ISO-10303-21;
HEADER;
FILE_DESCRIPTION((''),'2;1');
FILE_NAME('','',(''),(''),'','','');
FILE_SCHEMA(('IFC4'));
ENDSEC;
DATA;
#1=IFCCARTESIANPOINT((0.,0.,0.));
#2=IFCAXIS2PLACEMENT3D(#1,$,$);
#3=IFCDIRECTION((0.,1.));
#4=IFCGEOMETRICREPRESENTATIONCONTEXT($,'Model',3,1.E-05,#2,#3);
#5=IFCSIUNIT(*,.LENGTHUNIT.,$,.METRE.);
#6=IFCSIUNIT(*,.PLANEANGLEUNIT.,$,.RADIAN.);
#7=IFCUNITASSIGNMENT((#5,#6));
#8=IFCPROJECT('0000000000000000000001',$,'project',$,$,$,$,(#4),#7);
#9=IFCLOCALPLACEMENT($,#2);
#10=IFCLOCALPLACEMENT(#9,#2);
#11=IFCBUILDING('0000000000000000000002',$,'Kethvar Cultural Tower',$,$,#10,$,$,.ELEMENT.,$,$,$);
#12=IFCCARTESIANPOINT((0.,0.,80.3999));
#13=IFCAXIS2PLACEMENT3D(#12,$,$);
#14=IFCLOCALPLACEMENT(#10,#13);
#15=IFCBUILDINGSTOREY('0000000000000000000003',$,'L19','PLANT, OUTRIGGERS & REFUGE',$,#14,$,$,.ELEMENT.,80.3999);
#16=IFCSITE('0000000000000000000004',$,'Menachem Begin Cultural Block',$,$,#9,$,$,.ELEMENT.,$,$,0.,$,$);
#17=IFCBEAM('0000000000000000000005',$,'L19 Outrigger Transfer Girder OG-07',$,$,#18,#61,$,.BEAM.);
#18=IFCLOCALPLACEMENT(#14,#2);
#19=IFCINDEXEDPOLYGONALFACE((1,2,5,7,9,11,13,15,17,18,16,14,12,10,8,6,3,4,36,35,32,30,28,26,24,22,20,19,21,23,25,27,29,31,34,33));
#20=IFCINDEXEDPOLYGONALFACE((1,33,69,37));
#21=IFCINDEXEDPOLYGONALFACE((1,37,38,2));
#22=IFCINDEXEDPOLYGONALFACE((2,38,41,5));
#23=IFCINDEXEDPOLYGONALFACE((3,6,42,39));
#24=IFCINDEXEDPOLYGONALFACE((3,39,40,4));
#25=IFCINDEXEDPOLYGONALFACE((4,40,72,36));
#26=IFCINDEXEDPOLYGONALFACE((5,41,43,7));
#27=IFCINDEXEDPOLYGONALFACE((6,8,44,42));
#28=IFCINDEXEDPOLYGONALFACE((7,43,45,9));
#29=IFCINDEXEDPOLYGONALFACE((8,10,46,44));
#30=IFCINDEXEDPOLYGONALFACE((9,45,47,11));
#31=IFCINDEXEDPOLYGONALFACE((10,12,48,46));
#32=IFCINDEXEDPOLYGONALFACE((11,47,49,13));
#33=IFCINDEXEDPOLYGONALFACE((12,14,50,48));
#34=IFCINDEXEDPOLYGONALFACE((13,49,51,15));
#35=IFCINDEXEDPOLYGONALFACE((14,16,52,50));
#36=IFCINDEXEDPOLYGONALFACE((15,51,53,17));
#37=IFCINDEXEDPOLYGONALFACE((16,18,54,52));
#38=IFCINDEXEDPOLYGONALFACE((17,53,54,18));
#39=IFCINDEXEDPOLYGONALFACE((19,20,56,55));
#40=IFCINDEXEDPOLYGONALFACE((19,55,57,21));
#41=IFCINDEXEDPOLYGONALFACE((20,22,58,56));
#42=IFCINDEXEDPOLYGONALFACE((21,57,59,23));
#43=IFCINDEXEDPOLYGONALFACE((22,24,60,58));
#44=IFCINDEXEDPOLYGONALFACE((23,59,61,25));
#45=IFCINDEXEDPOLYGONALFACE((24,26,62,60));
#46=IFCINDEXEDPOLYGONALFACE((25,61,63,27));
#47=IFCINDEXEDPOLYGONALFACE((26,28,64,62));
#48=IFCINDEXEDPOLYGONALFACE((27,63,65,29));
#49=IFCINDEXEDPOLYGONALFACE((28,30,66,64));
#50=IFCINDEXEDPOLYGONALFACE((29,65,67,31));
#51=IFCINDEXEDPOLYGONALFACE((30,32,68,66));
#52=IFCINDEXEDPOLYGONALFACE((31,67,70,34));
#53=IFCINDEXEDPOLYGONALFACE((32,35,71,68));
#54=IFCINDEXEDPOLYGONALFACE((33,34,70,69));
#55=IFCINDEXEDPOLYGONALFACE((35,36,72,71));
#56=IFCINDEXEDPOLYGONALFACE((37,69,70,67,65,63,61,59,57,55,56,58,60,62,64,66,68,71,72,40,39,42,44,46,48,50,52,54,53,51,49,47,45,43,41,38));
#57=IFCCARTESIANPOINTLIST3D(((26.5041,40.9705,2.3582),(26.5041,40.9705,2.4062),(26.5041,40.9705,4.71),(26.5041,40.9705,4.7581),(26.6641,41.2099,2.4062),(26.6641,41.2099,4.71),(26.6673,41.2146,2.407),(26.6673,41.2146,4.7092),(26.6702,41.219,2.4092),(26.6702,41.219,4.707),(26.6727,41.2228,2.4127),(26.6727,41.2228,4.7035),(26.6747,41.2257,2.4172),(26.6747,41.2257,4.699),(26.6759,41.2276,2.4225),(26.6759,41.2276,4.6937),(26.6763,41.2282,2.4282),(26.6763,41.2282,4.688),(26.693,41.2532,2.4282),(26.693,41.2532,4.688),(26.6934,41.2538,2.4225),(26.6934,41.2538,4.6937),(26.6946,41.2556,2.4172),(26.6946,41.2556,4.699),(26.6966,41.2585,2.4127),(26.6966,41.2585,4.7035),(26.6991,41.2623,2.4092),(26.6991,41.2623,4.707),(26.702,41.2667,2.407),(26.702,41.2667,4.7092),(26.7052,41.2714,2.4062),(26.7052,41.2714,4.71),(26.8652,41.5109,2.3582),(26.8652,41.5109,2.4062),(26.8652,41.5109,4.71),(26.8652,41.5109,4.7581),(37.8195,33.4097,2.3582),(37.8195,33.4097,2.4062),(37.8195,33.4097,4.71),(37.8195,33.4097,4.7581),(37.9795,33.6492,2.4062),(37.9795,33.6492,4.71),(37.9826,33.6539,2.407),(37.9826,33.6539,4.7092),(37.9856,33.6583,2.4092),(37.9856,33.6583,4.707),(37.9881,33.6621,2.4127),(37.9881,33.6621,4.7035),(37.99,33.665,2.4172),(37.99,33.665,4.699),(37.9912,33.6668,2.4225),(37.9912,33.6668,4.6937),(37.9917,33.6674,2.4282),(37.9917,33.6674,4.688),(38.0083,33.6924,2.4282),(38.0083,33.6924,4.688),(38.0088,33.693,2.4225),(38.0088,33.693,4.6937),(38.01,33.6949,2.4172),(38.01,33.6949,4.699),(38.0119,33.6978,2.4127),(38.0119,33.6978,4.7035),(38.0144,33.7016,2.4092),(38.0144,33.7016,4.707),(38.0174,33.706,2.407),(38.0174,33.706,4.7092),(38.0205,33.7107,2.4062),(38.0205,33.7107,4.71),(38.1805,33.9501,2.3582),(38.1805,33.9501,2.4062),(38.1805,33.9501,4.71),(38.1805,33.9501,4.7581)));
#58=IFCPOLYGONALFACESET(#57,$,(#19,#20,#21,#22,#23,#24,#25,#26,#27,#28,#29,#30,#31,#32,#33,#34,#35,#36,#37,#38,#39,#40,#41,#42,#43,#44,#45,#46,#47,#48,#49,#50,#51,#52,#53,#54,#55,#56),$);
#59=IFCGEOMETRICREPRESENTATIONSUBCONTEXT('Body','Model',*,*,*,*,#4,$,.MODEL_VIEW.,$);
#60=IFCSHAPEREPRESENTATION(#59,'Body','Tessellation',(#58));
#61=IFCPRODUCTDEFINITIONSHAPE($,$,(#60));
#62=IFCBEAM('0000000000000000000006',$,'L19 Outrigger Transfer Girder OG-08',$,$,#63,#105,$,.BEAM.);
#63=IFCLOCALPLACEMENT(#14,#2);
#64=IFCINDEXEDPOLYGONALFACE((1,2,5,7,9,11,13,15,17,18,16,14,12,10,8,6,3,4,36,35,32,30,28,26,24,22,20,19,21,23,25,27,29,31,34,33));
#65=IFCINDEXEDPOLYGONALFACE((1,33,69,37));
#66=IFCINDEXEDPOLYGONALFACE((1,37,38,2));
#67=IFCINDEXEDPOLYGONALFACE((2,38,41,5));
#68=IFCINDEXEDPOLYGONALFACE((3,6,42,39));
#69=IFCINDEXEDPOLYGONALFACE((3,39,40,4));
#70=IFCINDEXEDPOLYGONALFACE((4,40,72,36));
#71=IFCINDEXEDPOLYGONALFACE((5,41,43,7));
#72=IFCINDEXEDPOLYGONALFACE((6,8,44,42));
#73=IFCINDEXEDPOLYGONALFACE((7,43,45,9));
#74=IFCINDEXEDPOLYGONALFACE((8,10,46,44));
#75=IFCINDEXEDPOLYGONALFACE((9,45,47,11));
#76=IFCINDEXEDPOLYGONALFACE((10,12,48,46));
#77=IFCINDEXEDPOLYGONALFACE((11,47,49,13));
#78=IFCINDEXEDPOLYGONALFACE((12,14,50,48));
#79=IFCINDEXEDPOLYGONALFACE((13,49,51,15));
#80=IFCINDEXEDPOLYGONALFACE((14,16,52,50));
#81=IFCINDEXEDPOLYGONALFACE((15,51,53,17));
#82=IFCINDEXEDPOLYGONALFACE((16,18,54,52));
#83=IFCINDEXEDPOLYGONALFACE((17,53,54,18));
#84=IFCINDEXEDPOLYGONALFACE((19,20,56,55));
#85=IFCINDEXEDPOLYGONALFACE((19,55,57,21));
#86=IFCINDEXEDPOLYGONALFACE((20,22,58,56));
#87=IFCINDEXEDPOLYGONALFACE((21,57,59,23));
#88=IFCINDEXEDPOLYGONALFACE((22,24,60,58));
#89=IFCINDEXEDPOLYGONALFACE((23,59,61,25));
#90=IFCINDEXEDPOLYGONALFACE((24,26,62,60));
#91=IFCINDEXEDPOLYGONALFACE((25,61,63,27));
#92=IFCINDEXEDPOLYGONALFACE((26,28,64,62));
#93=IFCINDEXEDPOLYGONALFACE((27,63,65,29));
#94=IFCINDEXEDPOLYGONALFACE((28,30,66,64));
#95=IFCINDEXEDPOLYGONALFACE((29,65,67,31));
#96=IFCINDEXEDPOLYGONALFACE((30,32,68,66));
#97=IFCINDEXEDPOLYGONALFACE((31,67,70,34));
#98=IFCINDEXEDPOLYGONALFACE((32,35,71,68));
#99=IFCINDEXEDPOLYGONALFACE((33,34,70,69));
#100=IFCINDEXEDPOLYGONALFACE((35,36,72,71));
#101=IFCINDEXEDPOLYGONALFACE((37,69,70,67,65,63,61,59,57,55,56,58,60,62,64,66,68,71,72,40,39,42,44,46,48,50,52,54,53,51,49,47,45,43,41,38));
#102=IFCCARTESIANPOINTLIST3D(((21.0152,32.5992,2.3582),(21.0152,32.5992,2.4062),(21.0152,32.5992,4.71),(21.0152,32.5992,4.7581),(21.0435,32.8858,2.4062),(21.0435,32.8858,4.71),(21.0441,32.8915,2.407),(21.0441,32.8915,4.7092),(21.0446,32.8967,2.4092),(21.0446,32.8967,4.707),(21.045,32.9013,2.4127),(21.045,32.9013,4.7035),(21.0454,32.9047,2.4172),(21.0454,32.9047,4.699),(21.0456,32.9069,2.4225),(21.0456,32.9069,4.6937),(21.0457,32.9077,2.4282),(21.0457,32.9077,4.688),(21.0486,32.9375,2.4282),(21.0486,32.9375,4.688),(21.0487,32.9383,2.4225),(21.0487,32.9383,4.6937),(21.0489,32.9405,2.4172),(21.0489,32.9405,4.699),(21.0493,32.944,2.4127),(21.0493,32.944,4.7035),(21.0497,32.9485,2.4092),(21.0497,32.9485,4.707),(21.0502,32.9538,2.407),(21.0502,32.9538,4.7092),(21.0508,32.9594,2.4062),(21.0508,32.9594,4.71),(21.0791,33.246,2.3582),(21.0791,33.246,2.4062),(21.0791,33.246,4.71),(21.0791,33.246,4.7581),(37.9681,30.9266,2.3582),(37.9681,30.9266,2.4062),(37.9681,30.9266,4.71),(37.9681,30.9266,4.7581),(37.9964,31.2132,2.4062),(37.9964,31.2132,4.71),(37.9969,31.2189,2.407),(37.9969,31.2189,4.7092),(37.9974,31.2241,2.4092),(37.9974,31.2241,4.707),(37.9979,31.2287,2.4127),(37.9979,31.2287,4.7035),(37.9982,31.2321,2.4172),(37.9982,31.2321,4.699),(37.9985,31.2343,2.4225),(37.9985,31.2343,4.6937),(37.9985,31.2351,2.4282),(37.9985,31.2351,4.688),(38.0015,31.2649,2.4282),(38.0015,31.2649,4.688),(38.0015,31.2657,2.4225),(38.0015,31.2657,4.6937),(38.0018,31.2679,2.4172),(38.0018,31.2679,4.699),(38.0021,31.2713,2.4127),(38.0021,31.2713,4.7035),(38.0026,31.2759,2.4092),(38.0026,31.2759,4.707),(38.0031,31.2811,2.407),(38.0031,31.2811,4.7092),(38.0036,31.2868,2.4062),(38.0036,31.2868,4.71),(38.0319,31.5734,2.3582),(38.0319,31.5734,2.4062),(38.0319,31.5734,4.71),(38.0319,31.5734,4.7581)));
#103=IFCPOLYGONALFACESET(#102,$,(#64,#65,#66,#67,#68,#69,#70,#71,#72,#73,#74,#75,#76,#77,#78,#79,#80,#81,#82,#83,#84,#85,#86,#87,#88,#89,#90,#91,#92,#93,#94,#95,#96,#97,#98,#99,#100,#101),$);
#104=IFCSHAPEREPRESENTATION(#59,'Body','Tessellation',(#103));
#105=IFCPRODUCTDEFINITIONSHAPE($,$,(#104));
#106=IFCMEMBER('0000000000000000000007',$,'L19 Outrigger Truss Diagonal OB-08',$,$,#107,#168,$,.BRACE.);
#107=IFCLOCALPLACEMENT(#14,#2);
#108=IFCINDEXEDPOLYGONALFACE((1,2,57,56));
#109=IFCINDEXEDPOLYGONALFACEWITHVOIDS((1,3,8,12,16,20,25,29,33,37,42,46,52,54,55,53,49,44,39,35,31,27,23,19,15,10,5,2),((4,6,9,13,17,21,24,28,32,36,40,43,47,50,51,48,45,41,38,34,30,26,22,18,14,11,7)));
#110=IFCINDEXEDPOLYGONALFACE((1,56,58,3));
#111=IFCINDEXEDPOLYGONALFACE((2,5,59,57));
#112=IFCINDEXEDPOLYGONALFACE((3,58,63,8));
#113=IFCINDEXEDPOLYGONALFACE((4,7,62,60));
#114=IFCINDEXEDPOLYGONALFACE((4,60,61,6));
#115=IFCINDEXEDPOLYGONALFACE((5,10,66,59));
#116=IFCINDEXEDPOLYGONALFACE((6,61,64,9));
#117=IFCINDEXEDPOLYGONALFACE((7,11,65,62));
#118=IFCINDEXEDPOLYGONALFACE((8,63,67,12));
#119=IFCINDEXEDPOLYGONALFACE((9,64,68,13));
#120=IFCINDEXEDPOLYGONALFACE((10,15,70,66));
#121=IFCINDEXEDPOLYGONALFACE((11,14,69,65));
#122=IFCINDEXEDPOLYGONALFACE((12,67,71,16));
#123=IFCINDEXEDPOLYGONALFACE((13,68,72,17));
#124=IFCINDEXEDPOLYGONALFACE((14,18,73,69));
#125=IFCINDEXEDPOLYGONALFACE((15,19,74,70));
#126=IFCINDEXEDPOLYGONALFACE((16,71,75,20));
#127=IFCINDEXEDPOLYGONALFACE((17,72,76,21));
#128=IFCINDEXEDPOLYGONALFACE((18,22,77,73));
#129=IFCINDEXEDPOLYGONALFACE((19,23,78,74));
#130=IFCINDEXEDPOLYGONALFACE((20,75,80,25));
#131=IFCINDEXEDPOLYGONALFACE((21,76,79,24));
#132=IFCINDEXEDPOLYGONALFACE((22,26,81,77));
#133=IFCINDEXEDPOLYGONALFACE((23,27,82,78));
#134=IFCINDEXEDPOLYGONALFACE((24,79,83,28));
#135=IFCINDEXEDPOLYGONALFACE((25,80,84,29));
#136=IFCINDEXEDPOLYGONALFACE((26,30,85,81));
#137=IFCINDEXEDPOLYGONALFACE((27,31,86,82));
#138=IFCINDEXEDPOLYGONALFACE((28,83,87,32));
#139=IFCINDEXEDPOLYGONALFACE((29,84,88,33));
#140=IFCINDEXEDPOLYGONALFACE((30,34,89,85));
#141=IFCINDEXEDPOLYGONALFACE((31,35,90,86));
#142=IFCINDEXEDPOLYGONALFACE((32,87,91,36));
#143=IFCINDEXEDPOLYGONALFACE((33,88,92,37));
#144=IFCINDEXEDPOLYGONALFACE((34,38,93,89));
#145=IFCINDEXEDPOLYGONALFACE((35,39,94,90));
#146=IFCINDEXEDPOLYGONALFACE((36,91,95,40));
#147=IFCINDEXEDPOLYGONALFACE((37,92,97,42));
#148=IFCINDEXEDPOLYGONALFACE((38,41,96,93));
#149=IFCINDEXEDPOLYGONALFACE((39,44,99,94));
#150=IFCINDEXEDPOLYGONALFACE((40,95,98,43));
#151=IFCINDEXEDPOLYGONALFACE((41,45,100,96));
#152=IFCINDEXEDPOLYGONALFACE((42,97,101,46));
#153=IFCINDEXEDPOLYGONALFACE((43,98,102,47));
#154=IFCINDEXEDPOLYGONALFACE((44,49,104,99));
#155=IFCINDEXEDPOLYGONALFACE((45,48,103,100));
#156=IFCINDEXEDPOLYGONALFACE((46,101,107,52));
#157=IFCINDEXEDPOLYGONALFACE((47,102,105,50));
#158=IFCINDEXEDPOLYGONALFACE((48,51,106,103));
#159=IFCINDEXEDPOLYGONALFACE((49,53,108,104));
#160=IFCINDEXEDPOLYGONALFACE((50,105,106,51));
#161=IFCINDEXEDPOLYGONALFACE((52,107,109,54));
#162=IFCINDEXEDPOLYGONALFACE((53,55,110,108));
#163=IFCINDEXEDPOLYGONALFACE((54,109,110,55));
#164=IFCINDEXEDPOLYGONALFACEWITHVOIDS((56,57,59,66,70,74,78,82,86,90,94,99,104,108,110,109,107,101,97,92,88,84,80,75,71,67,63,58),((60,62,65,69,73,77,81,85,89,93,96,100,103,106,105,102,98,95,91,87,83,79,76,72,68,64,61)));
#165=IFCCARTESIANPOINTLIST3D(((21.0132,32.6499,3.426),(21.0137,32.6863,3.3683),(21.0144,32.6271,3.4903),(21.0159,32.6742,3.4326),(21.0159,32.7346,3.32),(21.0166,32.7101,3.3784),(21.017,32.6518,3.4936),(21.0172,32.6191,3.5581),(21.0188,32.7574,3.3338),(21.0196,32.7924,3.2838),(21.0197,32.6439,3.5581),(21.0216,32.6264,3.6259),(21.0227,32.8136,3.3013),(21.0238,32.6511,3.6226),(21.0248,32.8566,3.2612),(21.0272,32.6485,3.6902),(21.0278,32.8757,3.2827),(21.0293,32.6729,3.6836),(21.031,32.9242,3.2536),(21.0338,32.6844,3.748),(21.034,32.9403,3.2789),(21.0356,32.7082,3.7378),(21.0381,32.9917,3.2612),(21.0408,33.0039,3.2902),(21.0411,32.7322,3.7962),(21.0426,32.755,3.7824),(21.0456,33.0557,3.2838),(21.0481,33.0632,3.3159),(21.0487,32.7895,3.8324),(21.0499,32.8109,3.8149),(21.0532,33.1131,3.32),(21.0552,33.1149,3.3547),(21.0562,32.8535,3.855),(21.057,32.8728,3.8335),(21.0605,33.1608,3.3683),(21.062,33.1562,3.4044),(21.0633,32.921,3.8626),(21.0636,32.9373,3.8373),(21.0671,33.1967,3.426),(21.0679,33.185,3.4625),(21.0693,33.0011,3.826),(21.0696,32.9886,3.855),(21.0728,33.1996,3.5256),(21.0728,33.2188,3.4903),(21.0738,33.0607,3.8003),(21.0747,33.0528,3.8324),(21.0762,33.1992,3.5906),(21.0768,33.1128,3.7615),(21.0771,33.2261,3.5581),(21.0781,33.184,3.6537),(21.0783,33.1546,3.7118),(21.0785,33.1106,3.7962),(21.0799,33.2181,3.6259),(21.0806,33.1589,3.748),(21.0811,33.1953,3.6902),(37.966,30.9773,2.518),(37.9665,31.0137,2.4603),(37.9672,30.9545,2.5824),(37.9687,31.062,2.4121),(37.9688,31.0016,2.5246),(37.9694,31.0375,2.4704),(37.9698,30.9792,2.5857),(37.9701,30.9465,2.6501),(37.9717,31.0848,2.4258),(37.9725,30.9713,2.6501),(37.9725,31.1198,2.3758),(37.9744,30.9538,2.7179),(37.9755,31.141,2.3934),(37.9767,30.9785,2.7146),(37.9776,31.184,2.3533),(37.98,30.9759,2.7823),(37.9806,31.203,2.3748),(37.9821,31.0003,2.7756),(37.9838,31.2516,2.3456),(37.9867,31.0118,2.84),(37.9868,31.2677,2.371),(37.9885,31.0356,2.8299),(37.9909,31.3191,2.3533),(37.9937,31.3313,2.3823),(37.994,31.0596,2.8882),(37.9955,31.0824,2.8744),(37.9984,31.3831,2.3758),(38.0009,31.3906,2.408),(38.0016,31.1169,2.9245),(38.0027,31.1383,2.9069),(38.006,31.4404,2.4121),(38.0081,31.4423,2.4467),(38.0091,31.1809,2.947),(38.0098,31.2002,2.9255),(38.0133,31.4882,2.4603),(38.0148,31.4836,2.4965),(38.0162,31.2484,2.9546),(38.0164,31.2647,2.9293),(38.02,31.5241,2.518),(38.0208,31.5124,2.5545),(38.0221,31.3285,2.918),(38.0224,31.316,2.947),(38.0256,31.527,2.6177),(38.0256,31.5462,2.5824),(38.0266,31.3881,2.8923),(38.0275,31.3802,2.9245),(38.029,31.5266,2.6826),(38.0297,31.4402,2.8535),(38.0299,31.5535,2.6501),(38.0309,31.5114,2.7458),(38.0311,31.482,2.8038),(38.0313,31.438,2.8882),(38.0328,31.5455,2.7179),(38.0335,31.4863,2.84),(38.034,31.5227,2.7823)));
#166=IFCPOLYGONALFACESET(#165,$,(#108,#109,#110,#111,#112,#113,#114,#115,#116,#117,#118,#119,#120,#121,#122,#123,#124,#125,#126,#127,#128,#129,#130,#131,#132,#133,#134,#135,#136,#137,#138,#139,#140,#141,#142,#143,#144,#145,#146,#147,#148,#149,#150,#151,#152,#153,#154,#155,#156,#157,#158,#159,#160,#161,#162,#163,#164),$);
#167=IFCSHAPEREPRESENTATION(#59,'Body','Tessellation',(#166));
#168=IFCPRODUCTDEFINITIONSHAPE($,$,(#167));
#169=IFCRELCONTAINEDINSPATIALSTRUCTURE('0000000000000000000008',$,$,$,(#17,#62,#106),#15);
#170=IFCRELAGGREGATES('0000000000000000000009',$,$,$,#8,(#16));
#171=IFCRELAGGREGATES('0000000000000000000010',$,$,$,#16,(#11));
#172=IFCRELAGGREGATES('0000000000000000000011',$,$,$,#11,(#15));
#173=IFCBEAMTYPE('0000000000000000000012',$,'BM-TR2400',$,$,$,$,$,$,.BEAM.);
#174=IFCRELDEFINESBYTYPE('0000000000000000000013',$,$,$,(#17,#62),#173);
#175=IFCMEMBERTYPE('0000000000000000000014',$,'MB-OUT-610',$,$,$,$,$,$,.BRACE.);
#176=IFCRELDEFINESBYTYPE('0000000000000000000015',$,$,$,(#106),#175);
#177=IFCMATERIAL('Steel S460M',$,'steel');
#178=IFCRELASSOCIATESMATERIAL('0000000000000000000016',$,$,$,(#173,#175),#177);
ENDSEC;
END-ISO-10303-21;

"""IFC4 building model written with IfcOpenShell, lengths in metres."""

from ifc_helpers import new_model, si_unit, direction, frame, origin, origin_2d, place, context, subcontext, project, spatial, hollow_circle, i_section, extrude, source, transform, mapped, material, material_profile, profile_set, type_object, element, save


model = new_model("IFC4")

# Units and contexts
model_context = context("Model", 3, precision=1e-05, world=origin(), true_north=direction((0.0, 1.0)))
body_context = subcontext(model_context, "Body", "Model", "MODEL_VIEW")
ifc_project = project(units=[si_unit("LENGTHUNIT", "METRE"), si_unit("PLANEANGLEUNIT", "RADIAN")], contexts=[model_context])

# Site, building, storey
site_placement = place(None, origin())
site = spatial("IfcSite", under=ifc_project, at=site_placement, Name="Menachem Begin Cultural Block", CompositionType="ELEMENT", RefElevation=0.0)
building_placement = place(site_placement, origin())
building = spatial("IfcBuilding", under=site, at=building_placement, Name="Kethvar Cultural Tower", CompositionType="ELEMENT")
storey_placement = place(building_placement, frame((0.0, 0.0, 80.3999)))
storey = spatial("IfcBuildingStorey", under=building, at=storey_placement, Name="L19", Description="PLANT, OUTRIGGERS & REFUGE", CompositionType="ELEMENT", Elevation=80.3999)

# Beams
ifc_material_1 = material(Name="Steel S460M", Category="steel")
ifc_material_profile_1 = material_profile(ifc_material_1, i_section(OverallWidth=0.6499, OverallDepth=2.3999, WebThickness=0.03, FlangeThickness=0.0481, FilletRadius=0.022, at=origin_2d()), Name="Steel S460M — PG2400x650x48x30")
ifc_profile_set_1 = profile_set([ifc_material_profile_1], Name="Steel S460M — PG2400x650x48x30")
beam_type = type_object("IfcBeamType", Name="BM-TR2400", PredefinedType="BEAM", material=ifc_profile_set_1)
shared_shape_1 = source(origin(), body_context, "Body", "SweptSolid", [
    extrude(i_section(OverallWidth=0.6499, OverallDepth=2.3999, WebThickness=0.03, FlangeThickness=0.0481, FilletRadius=0.022, at=origin_2d()), origin(), (0.0, 0.0, 1.0), 13.6089),
])
beam_1_placement = place(storey_placement, frame((38.0, 33.6799, 3.5581), z_axis=(-0.831467, 0.555573, 0.0), x_axis=(-0.555573, -0.831467, 0.0)))
element("IfcBeam", 1, at=beam_1_placement, inside=storey, type_object=beam_type, Name="L19 Outrigger Transfer Girder OG-07", PredefinedType="BEAM", context=body_context, shape_type="MappedRepresentation", body=[
    mapped(shared_shape_1, transform((0.0, 0.0, 0.0), scale=1.0)),
])
shared_shape_2 = source(origin(), body_context, "Body", "SweptSolid", [
    extrude(i_section(OverallWidth=0.6499, OverallDepth=2.3999, WebThickness=0.03, FlangeThickness=0.0481, FilletRadius=0.022, at=origin_2d()), origin(), (0.0, 0.0, 1.0), 17.0352),
])
beam_2_placement = place(storey_placement, frame((38.0, 31.25, 3.5581), z_axis=(-0.995168, 0.098185, 0.0), x_axis=(-0.098185, -0.995168, 0.0)))
element("IfcBeam", 2, at=beam_2_placement, inside=storey, type_object=beam_type, Name="L19 Outrigger Transfer Girder OG-08", PredefinedType="BEAM", context=body_context, shape_type="MappedRepresentation", body=[
    mapped(shared_shape_2, transform((0.0, 0.0, 0.0), scale=1.0)),
])

# Member
ifc_material_profile_2 = material_profile(ifc_material_1, hollow_circle(Radius=0.3049, WallThickness=0.0249, at=origin_2d()), Name="Steel S460M — CHS610x25")
ifc_profile_set_2 = profile_set([ifc_material_profile_2], Name="Steel S460M — CHS610x25")
member_type = type_object("IfcMemberType", Name="MB-OUT-610", PredefinedType="BRACE", material=ifc_profile_set_2)
shared_shape_3 = source(origin(), body_context, "Body", "SweptSolid", [
    extrude(hollow_circle(Radius=0.3049, WallThickness=0.0249, at=origin_2d()), origin(), (0.0, 0.0, 1.0), 17.0593),
])
member_1_placement = place(storey_placement, frame((38.0, 31.25, 2.6501), z_axis=(-0.993758, 0.098046, 0.053223), x_axis=(-0.098185, -0.995168, 0.0)))
element("IfcMember", 3, at=member_1_placement, inside=storey, type_object=member_type, Name="L19 Outrigger Truss Diagonal OB-08", PredefinedType="BRACE", context=body_context, shape_type="MappedRepresentation", body=[
    mapped(shared_shape_3, transform((0.0, 0.0, 0.0), scale=1.0)),
])

save(model, "model.ifc")
